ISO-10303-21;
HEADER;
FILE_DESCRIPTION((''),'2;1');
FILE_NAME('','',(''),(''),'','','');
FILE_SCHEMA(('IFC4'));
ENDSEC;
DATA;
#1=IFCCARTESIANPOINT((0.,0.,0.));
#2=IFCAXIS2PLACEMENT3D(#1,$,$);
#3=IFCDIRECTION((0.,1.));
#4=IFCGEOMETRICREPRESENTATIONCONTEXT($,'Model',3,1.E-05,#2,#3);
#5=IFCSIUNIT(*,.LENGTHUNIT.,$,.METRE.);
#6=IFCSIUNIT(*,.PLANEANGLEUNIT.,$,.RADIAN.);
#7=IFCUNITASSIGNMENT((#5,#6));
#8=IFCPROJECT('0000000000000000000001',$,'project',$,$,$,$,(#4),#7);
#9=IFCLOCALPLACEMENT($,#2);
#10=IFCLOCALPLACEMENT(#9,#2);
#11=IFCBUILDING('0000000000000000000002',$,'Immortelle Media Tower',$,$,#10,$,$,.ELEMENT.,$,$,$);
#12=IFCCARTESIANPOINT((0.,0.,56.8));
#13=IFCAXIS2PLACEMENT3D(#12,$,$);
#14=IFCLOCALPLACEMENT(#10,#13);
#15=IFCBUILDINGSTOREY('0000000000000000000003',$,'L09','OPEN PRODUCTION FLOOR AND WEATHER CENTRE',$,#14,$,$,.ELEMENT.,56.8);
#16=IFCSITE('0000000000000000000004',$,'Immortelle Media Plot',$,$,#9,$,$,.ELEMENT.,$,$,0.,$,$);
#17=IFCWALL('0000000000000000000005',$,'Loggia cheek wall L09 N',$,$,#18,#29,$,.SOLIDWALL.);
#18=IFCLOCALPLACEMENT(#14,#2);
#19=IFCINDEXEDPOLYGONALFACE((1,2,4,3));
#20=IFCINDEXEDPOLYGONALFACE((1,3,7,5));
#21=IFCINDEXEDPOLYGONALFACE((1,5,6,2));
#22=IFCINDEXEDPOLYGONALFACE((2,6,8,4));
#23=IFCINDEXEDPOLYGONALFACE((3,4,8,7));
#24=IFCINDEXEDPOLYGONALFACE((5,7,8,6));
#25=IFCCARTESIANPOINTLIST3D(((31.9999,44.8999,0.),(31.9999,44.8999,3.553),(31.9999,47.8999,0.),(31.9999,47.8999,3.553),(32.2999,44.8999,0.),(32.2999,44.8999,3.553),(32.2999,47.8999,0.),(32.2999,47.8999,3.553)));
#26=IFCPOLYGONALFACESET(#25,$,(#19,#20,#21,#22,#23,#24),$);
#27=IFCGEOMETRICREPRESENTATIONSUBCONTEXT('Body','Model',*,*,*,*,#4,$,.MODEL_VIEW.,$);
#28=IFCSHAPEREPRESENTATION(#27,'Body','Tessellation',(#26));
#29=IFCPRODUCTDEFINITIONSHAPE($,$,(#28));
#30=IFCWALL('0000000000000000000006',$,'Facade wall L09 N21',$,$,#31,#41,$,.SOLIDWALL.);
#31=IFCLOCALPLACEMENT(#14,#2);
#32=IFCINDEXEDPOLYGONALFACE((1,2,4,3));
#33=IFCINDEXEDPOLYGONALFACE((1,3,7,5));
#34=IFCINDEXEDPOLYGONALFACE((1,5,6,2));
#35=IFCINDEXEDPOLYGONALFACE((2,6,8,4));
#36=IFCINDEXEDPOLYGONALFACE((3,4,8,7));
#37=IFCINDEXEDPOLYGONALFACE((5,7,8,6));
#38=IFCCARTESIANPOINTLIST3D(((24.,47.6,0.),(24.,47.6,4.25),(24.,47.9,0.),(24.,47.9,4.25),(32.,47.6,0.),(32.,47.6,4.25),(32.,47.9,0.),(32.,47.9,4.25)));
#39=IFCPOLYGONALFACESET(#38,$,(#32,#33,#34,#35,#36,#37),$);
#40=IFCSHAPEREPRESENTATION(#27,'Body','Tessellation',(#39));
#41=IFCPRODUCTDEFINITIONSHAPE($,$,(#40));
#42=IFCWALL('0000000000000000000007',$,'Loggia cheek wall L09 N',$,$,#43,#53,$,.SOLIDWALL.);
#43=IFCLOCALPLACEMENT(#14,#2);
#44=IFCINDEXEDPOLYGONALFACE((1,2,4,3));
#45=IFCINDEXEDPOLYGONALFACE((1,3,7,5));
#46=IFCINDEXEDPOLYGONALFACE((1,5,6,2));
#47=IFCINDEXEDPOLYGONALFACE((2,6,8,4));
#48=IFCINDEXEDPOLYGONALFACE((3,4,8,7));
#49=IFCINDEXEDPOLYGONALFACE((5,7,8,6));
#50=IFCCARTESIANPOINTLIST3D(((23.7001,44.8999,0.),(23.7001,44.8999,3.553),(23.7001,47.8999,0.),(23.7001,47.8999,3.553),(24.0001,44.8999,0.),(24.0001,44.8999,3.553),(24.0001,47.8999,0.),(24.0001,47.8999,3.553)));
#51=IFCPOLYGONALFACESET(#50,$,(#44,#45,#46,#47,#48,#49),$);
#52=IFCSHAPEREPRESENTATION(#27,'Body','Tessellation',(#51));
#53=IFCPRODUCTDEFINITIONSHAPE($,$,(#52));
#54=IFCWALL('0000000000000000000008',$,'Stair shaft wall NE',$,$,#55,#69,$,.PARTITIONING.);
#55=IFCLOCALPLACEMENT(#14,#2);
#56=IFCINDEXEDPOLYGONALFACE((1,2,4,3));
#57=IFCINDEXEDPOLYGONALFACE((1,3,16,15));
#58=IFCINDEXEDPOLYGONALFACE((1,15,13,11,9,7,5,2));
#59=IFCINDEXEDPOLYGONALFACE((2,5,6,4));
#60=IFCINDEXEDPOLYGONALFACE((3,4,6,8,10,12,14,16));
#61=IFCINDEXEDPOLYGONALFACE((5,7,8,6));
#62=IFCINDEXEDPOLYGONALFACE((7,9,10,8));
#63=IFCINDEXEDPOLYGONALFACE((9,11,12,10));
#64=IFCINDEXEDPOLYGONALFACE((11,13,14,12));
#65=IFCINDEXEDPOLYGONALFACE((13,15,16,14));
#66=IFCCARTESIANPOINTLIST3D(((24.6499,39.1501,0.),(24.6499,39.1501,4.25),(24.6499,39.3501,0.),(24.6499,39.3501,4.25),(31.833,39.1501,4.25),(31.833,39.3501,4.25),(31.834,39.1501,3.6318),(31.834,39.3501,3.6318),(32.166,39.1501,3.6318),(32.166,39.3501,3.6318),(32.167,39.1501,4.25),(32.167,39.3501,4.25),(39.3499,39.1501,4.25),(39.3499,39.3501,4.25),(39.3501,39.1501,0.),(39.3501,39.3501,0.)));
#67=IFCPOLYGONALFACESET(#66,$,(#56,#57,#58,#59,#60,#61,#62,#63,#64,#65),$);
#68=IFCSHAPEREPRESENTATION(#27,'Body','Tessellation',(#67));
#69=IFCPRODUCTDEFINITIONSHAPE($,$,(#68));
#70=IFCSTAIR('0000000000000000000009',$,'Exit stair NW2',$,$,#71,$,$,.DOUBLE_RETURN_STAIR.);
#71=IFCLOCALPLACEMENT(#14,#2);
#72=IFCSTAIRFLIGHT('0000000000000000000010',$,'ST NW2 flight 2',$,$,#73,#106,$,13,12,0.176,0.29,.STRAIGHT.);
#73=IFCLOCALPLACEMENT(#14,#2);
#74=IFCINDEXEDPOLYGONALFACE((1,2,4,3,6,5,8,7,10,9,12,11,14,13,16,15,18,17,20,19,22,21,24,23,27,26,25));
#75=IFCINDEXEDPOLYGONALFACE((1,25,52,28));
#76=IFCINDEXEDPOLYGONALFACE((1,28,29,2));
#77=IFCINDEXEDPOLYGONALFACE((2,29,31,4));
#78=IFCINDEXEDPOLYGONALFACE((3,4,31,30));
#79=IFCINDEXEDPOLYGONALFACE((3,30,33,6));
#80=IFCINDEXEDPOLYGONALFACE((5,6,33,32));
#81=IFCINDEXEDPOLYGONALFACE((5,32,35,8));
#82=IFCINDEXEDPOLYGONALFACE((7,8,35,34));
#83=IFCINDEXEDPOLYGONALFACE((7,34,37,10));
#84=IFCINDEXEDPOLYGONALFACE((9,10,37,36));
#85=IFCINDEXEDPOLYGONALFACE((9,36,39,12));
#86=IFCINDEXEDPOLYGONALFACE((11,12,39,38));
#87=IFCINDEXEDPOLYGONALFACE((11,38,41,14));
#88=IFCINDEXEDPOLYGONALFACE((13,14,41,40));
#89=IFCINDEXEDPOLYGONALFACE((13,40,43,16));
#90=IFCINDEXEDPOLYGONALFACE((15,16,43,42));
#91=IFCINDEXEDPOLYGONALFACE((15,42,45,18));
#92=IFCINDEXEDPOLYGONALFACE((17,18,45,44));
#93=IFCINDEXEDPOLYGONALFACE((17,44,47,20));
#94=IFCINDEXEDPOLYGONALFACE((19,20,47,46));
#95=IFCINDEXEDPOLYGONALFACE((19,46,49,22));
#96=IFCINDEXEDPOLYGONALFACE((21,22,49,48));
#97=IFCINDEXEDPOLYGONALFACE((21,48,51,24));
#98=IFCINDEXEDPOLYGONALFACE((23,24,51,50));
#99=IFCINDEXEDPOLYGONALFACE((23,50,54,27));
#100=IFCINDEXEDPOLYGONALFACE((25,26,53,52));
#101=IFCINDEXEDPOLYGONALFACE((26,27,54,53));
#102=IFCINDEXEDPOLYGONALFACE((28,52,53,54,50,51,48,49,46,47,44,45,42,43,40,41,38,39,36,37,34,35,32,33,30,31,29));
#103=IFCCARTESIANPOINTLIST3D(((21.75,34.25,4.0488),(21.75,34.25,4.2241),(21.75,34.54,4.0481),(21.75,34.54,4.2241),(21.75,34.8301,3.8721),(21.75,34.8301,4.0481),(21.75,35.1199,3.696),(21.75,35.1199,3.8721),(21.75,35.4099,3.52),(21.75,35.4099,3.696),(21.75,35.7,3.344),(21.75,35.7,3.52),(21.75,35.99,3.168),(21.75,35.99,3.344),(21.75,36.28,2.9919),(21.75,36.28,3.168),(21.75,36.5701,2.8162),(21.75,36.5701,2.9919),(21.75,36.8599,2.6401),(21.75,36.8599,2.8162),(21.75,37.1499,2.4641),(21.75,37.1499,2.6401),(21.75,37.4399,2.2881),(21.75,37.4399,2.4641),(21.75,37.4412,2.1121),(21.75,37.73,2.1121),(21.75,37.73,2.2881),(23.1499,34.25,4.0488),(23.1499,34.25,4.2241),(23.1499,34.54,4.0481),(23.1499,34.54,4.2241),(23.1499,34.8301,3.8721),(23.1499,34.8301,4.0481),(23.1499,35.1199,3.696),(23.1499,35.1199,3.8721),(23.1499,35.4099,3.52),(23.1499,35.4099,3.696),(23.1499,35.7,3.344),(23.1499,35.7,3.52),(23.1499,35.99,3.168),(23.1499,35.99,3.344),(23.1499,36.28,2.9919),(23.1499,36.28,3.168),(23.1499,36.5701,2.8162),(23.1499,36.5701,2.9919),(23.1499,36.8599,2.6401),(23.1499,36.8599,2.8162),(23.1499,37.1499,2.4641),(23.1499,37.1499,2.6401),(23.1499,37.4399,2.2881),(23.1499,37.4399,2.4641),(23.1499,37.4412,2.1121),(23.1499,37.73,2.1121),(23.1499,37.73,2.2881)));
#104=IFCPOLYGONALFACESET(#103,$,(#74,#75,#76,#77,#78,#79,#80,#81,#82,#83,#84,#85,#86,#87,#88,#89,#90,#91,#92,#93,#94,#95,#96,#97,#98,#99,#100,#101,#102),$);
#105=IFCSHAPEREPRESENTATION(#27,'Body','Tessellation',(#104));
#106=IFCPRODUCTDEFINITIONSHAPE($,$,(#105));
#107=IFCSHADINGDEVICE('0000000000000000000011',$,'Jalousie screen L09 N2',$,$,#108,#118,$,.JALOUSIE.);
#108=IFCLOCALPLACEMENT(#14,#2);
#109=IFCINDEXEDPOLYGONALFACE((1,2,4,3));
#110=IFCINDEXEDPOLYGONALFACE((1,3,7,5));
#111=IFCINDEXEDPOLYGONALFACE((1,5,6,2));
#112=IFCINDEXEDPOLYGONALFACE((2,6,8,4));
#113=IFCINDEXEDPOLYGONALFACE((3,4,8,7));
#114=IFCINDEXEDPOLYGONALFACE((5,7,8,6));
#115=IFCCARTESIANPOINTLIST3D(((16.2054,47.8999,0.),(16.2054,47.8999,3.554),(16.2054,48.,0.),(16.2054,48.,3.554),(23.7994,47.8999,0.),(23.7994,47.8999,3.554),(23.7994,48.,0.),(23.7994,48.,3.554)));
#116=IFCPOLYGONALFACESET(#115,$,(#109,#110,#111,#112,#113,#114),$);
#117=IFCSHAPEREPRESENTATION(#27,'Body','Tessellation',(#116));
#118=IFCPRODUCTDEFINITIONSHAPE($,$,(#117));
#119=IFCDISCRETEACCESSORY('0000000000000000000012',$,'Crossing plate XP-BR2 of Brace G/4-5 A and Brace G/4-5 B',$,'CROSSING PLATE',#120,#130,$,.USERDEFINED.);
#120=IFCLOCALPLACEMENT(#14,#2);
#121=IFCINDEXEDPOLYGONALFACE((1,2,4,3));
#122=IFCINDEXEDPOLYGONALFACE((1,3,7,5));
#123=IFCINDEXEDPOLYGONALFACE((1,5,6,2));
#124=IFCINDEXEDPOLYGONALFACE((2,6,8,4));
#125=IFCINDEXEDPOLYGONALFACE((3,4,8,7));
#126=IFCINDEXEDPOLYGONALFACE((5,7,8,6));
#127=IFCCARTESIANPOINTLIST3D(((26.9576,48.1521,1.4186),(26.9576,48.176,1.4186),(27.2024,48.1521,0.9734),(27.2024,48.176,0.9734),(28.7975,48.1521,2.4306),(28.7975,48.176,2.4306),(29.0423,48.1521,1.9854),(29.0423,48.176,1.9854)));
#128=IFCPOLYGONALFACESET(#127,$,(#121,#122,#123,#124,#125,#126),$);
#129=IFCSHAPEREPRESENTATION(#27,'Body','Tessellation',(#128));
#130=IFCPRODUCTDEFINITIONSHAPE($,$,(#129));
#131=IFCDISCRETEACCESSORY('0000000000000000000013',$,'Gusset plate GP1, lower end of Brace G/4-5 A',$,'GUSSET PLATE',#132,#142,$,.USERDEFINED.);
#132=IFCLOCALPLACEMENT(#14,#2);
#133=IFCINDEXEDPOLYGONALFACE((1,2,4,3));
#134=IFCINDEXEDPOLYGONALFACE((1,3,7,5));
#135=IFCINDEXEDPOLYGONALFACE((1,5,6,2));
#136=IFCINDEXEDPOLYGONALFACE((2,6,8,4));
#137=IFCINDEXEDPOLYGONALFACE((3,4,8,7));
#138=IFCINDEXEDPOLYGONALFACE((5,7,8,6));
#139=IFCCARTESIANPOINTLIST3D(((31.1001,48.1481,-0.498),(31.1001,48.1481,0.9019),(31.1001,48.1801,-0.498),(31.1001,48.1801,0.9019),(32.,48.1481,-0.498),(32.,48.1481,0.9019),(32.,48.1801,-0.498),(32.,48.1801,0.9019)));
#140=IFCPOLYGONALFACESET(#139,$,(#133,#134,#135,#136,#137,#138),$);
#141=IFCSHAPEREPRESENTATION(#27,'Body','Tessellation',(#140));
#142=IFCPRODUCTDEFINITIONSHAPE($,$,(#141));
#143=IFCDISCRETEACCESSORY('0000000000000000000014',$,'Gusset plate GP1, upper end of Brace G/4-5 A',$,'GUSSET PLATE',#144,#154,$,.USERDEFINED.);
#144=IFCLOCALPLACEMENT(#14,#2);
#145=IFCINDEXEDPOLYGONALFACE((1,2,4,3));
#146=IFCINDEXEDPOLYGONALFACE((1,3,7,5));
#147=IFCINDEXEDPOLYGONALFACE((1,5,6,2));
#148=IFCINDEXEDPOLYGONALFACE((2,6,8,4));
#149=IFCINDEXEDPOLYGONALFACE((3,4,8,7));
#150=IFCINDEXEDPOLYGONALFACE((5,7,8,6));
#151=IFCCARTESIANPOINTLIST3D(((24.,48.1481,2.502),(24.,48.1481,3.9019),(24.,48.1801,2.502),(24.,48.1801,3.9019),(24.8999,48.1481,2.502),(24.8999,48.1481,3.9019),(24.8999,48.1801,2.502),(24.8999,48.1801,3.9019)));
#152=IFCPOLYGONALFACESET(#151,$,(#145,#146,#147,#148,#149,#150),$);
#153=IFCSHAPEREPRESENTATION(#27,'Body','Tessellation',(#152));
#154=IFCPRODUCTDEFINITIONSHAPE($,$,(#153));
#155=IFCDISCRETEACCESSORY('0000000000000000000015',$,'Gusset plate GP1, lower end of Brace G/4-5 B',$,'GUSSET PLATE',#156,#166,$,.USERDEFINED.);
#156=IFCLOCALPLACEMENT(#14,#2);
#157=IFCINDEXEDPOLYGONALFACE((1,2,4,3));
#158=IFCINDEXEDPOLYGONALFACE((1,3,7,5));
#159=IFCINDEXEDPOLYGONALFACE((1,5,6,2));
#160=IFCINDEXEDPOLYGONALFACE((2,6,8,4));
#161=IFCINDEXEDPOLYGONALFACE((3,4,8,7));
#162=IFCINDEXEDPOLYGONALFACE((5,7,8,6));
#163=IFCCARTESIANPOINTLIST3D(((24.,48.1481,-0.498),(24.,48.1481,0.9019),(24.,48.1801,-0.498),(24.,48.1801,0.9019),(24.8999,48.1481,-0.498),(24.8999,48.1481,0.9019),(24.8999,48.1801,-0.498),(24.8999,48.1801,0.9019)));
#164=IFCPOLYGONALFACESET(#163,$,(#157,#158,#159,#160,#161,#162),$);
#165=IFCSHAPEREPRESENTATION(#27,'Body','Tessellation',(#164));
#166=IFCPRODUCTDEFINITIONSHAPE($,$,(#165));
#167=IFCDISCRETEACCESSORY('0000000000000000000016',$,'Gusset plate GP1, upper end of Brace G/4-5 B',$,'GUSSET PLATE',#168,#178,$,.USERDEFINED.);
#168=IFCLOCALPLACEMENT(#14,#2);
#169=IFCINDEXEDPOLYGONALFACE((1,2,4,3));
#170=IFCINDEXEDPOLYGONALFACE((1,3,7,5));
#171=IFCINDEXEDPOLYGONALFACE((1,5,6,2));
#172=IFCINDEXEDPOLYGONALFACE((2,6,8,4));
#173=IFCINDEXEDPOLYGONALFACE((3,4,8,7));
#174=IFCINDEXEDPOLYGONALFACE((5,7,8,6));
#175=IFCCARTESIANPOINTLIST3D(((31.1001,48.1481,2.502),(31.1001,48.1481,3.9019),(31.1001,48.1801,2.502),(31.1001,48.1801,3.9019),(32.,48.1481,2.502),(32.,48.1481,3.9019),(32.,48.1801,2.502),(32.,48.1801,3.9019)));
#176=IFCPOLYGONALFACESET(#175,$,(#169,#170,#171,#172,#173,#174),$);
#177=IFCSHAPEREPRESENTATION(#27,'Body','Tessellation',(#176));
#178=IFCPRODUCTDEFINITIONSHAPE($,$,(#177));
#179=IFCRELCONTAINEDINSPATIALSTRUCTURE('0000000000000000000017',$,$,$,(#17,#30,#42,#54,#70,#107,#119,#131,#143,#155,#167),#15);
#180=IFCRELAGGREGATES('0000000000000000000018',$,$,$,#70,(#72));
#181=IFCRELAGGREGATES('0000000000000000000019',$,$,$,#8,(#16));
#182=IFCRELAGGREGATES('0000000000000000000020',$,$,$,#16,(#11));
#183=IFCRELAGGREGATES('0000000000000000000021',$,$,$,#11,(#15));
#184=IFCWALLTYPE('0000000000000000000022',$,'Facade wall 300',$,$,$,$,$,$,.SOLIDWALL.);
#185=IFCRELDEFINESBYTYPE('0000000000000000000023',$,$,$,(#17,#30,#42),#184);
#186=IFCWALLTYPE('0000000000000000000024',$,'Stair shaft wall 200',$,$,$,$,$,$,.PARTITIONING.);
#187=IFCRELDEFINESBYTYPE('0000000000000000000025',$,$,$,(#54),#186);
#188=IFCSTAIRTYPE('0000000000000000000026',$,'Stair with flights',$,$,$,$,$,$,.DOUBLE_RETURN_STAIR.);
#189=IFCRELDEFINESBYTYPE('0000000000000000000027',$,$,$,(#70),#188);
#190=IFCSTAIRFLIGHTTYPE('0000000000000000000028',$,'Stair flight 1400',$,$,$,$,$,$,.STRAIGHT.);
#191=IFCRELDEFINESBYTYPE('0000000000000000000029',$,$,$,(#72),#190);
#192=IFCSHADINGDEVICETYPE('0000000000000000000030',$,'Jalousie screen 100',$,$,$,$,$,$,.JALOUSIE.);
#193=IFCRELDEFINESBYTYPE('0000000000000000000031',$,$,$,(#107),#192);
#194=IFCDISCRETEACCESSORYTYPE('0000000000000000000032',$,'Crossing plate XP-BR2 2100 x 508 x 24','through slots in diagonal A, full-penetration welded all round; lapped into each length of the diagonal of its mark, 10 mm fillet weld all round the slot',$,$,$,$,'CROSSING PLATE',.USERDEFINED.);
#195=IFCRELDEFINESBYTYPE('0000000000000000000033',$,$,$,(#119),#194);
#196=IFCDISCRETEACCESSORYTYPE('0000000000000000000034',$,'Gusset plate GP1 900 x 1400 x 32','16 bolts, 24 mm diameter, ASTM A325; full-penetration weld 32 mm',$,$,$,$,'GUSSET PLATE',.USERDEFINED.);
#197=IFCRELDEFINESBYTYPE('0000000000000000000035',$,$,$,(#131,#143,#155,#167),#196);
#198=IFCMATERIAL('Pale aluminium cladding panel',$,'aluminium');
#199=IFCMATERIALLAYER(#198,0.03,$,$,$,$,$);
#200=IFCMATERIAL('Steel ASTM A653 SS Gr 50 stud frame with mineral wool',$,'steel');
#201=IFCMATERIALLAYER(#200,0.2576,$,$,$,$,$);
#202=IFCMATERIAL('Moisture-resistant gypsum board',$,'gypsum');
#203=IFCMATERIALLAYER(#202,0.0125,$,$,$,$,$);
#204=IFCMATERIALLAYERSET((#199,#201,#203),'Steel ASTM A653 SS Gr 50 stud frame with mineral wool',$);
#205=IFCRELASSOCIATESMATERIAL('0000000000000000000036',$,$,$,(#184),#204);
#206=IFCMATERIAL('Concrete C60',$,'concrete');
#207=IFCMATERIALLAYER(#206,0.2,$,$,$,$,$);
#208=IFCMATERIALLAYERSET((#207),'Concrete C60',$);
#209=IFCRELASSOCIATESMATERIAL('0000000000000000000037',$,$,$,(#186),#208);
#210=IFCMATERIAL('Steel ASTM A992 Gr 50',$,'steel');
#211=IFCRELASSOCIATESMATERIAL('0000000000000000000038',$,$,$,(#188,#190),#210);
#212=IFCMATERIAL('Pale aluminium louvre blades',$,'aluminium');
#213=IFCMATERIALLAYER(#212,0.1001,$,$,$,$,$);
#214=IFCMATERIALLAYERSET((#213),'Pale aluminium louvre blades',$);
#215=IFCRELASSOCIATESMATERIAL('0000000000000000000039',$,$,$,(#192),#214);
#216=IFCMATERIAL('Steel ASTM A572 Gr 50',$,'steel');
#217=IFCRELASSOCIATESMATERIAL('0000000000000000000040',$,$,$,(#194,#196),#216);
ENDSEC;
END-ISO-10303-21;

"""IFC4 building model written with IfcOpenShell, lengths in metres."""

from ifc_helpers import new_model, si_unit, direction, frame, frame_2d, origin, origin_2d, place, context, subcontext, project, spatial, polyline, rectangle, outline, extrude, material, layer, layer_set, material_profile, profile_set, type_object, element, aggregate, save


model = new_model("IFC4")

# Units and contexts
model_context = context("Model", 3, precision=1e-05, world=origin(), true_north=direction((0.0, 1.0)))
body_context = subcontext(model_context, "Body", "Model", "MODEL_VIEW")
ifc_project = project(units=[si_unit("LENGTHUNIT", "METRE"), si_unit("PLANEANGLEUNIT", "RADIAN")], contexts=[model_context])

# Site, building, storey
site_placement = place(None, origin())
site = spatial("IfcSite", under=ifc_project, at=site_placement, Name="Immortelle Media Plot", CompositionType="ELEMENT", RefElevation=0.0)
building_placement = place(site_placement, origin())
building = spatial("IfcBuilding", under=site, at=building_placement, Name="Immortelle Media Tower", CompositionType="ELEMENT")
storey_placement = place(building_placement, frame((0.0, 0.0, 56.8)))
storey = spatial("IfcBuildingStorey", under=building, at=storey_placement, Name="L09", Description="OPEN PRODUCTION FLOOR AND WEATHER CENTRE", CompositionType="ELEMENT", Elevation=56.8)

# Shared definitions
ifc_material_1 = material(Name="Steel ASTM A992 Gr 50", Category="steel")

# Shared definitions
ifc_material_2 = material(Name="Steel ASTM A653 SS Gr 50 stud frame with mineral wool", Category="steel")

# Walls
ifc_material_3 = material(Name="Pale aluminium cladding panel", Category="aluminium")
ifc_layer_1 = layer(ifc_material_3, 0.03)
ifc_layer_2 = layer(ifc_material_2, 0.2576)
ifc_material_4 = material(Name="Moisture-resistant gypsum board", Category="gypsum")
ifc_layer_3 = layer(ifc_material_4, 0.0125)
ifc_layer_set_1 = layer_set([ifc_layer_1, ifc_layer_2, ifc_layer_3], Name="Steel ASTM A653 SS Gr 50 stud frame with mineral wool")
wall_type_1 = type_object("IfcWallType", Name="Facade wall 300", PredefinedType="SOLIDWALL", material=ifc_layer_set_1)
wall_1_placement = place(storey_placement, frame((32.1499, 47.8999, 0.0), z_axis=(0.0, 0.0, 1.0), x_axis=(0.0, -1.0, 0.0)))
element("IfcWall", 1, at=wall_1_placement, inside=storey, type_object=wall_type_1, Name="Loggia cheek wall L09 N", PredefinedType="SOLIDWALL", context=body_context, shape_type="SweptSolid", body=[
    extrude(rectangle(XDim=3.0, YDim=0.3, at=frame_2d((1.5, 0.0))), origin(), (0.0, 0.0, 1.0), 3.553),
])
wall_2_placement = place(storey_placement, frame((32.0, 47.75, 0.0), z_axis=(0.0, 0.0, 1.0), x_axis=(-1.0, 0.0, 0.0)))
element("IfcWall", 2, at=wall_2_placement, inside=storey, type_object=wall_type_1, Name="Facade wall L09 N21", PredefinedType="SOLIDWALL", context=body_context, shape_type="SweptSolid", body=[
    extrude(rectangle(XDim=8.0, YDim=0.3, at=frame_2d((4.0, 0.0))), origin(), (0.0, 0.0, 1.0), 4.25),
])

# Walls
wall_3_placement = place(storey_placement, frame((23.8501, 47.8999, 0.0), z_axis=(0.0, 0.0, 1.0), x_axis=(0.0, -1.0, 0.0)))
element("IfcWall", 3, at=wall_3_placement, inside=storey, type_object=wall_type_1, Name="Loggia cheek wall L09 N", PredefinedType="SOLIDWALL", context=body_context, shape_type="SweptSolid", body=[
    extrude(rectangle(XDim=3.0, YDim=0.3, at=frame_2d((1.5, 0.0))), origin(), (0.0, 0.0, 1.0), 3.553),
])
ifc_material_5 = material(Name="Concrete C60", Category="concrete")
ifc_layer_4 = layer(ifc_material_5, 0.2)
ifc_layer_set_2 = layer_set([ifc_layer_4], Name="Concrete C60")
wall_type_2 = type_object("IfcWallType", Name="Stair shaft wall 200", PredefinedType="PARTITIONING", material=ifc_layer_set_2)
wall_4_placement = place(storey_placement, frame((24.6499, 39.25, 0.0), z_axis=(0.0, 0.0, 1.0), x_axis=(1.0, 0.0, 0.0)))
element("IfcWall", 4, at=wall_4_placement, inside=storey, type_object=wall_type_2, Name="Stair shaft wall NE", PredefinedType="PARTITIONING", context=body_context, shape_type="SweptSolid", body=[
    extrude(outline(polyline([(0.0, 0.0), (14.7002, 0.0), (14.7, 4.25), (7.5171, 4.25), (7.5161, 3.6318), (7.1841, 3.6318), (7.1831, 4.25), (0.0, 4.25), (0.0, 0.0)])), frame((0.0, 0.1001, 0.0), z_axis=(0.0, -1.0, 0.0), x_axis=(1.0, 0.0, 0.0)), (0.0, 0.0, 1.0), 0.2),
])

# Stair, stair flight
stair_type = type_object("IfcStairType", Name="Stair with flights", PredefinedType="DOUBLE_RETURN_STAIR", material=ifc_material_1)
stair_placement = place(storey_placement, origin())
stair = element("IfcStair", 5, at=stair_placement, inside=storey, type_object=stair_type, Name="Exit stair NW2", PredefinedType="DOUBLE_RETURN_STAIR")
stair_flight_type = type_object("IfcStairFlightType", Name="Stair flight 1400", PredefinedType="STRAIGHT", material=ifc_material_1)
stair_flight_placement = place(storey_placement, frame((22.45, 37.73, 2.1121), z_axis=(0.0, 0.0, 1.0), x_axis=(0.0, -1.0, 0.0)))
stair_flight = element("IfcStairFlight", 6, at=stair_flight_placement, type_object=stair_flight_type, Name="ST NW2 flight 2", NumberOfRisers=13, NumberOfTreads=12, PredefinedType="STRAIGHT", RiserHeight=0.176, TreadLength=0.29, context=body_context, shape_type="SweptSolid", body=[
    extrude(outline(polyline([(0.0, 0.0), (0.0, 0.176), (0.29, 0.176), (0.29, 0.3521), (0.5801, 0.3521), (0.5801, 0.5281), (0.8701, 0.5281), (0.8701, 0.7041), (1.1599, 0.7041), (1.1599, 0.8799), (1.45, 0.8799), (1.45, 1.0559), (1.74, 1.0559), (1.74, 1.2319), (2.03, 1.2319), (2.03, 1.408), (2.3201, 1.408), (2.3201, 1.584), (2.6101, 1.584), (2.6101, 1.76), (2.8999, 1.76), (2.8999, 1.936), (3.1899, 1.936), (3.1899, 2.1121), (3.48, 2.1121), (3.48, 2.2881), (3.48, 1.9368), (0.2888, 0.0), (0.0, 0.0)])), frame((0.0, 0.7, 0.0), z_axis=(0.0, -1.0, 0.0), x_axis=(1.0, 0.0, 0.0)), (0.0, 0.0, 1.0), 1.3999),
])
aggregate(stair, [stair_flight])

# Shading device
ifc_material_6 = material(Name="Pale aluminium louvre blades", Category="aluminium")
ifc_layer_5 = layer(ifc_material_6, 0.1001)
ifc_layer_set_3 = layer_set([ifc_layer_5], Name="Pale aluminium louvre blades")
shading_device_type = type_object("IfcShadingDeviceType", Name="Jalousie screen 100", PredefinedType="JALOUSIE", material=ifc_layer_set_3)
shading_device_placement = place(storey_placement, frame((20.0024, 47.95, 0.0), z_axis=(0.0, 0.0, 1.0), x_axis=(-1.0, 0.0, 0.0)))
element("IfcShadingDevice", 7, at=shading_device_placement, inside=storey, type_object=shading_device_type, Name="Jalousie screen L09 N2", PredefinedType="JALOUSIE", context=body_context, shape_type="SweptSolid", body=[
    extrude(rectangle(XDim=7.594, YDim=0.1001, at=origin_2d()), origin(), (0.0, 0.0, 1.0), 3.554),
])

# Discrete accessories
ifc_material_7 = material(Name="Steel ASTM A572 Gr 50", Category="steel")
ifc_material_profile_1 = material_profile(ifc_material_7, rectangle(XDim=0.0239, YDim=0.5081, at=origin_2d()), Name="PL 24 x 508")
ifc_profile_set_1 = profile_set([ifc_material_profile_1], Name="Steel ASTM A572 Gr 50")
discrete_accessory_type_1 = type_object("IfcDiscreteAccessoryType", Name="Crossing plate XP-BR2 2100 x 508 x 24", Description="through slots in diagonal A, full-penetration welded all round; lapped into each length of the diagonal of its mark, 10 mm fillet weld all round the slot", ElementType="CROSSING PLATE", PredefinedType="USERDEFINED", material=ifc_profile_set_1)
discrete_accessory_placement = place(storey_placement, frame((28.9199, 48.1641, 2.208), z_axis=(-0.876206, 0.0, -0.481937), x_axis=(0.0, -1.0, 0.0)))
element("IfcDiscreteAccessory", 8, at=discrete_accessory_placement, inside=storey, type_object=discrete_accessory_type_1, Name="Crossing plate XP-BR2 of Brace G/4-5 A and Brace G/4-5 B", ObjectType="CROSSING PLATE", PredefinedType="USERDEFINED", context=body_context, shape_type="SweptSolid", body=[
    extrude(rectangle(XDim=0.0239, YDim=0.5081, at=origin_2d()), origin(), (0.0, 0.0, 1.0), 2.0999),
])
ifc_material_profile_2 = material_profile(ifc_material_7, rectangle(XDim=0.032, YDim=1.3999, at=origin_2d()), Name="PL 32 x 1400")
ifc_profile_set_2 = profile_set([ifc_material_profile_2], Name="Steel ASTM A572 Gr 50")
discrete_accessory_type_2 = type_object("IfcDiscreteAccessoryType", Name="Gusset plate GP1 900 x 1400 x 32", Description="16 bolts, 24 mm diameter, ASTM A325; full-penetration weld 32 mm", ElementType="GUSSET PLATE", PredefinedType="USERDEFINED", material=ifc_profile_set_2)
for number, where, z_axis, x_axis, name in (
    (9, (32.0, 48.1641, 0.2019), (-1.0, 0.0, 0.0), (0.0, -1.0, 0.0), "Gusset plate GP1, lower end of Brace G/4-5 A"),
    (10, (24.0, 48.1641, 3.2019), (1.0, 0.0, 0.0), (0.0, 1.0, 0.0), "Gusset plate GP1, upper end of Brace G/4-5 A"),
    (11, (24.0, 48.1641, 0.2019), (1.0, 0.0, 0.0), (0.0, 1.0, 0.0), "Gusset plate GP1, lower end of Brace G/4-5 B"),
    (12, (32.0, 48.1641, 3.2019), (-1.0, 0.0, 0.0), (0.0, -1.0, 0.0), "Gusset plate GP1, upper end of Brace G/4-5 B"),
):
    element("IfcDiscreteAccessory", number, at=place(storey_placement, frame(where, z_axis=z_axis, x_axis=x_axis)), inside=storey, type_object=discrete_accessory_type_2, Name=name, ObjectType="GUSSET PLATE", PredefinedType="USERDEFINED", context=body_context, shape_type="SweptSolid", body=[
        extrude(rectangle(XDim=0.032, YDim=1.3999, at=origin_2d()), origin(), (0.0, 0.0, 1.0), 0.8999),
    ])

save(model, "model.ifc")
